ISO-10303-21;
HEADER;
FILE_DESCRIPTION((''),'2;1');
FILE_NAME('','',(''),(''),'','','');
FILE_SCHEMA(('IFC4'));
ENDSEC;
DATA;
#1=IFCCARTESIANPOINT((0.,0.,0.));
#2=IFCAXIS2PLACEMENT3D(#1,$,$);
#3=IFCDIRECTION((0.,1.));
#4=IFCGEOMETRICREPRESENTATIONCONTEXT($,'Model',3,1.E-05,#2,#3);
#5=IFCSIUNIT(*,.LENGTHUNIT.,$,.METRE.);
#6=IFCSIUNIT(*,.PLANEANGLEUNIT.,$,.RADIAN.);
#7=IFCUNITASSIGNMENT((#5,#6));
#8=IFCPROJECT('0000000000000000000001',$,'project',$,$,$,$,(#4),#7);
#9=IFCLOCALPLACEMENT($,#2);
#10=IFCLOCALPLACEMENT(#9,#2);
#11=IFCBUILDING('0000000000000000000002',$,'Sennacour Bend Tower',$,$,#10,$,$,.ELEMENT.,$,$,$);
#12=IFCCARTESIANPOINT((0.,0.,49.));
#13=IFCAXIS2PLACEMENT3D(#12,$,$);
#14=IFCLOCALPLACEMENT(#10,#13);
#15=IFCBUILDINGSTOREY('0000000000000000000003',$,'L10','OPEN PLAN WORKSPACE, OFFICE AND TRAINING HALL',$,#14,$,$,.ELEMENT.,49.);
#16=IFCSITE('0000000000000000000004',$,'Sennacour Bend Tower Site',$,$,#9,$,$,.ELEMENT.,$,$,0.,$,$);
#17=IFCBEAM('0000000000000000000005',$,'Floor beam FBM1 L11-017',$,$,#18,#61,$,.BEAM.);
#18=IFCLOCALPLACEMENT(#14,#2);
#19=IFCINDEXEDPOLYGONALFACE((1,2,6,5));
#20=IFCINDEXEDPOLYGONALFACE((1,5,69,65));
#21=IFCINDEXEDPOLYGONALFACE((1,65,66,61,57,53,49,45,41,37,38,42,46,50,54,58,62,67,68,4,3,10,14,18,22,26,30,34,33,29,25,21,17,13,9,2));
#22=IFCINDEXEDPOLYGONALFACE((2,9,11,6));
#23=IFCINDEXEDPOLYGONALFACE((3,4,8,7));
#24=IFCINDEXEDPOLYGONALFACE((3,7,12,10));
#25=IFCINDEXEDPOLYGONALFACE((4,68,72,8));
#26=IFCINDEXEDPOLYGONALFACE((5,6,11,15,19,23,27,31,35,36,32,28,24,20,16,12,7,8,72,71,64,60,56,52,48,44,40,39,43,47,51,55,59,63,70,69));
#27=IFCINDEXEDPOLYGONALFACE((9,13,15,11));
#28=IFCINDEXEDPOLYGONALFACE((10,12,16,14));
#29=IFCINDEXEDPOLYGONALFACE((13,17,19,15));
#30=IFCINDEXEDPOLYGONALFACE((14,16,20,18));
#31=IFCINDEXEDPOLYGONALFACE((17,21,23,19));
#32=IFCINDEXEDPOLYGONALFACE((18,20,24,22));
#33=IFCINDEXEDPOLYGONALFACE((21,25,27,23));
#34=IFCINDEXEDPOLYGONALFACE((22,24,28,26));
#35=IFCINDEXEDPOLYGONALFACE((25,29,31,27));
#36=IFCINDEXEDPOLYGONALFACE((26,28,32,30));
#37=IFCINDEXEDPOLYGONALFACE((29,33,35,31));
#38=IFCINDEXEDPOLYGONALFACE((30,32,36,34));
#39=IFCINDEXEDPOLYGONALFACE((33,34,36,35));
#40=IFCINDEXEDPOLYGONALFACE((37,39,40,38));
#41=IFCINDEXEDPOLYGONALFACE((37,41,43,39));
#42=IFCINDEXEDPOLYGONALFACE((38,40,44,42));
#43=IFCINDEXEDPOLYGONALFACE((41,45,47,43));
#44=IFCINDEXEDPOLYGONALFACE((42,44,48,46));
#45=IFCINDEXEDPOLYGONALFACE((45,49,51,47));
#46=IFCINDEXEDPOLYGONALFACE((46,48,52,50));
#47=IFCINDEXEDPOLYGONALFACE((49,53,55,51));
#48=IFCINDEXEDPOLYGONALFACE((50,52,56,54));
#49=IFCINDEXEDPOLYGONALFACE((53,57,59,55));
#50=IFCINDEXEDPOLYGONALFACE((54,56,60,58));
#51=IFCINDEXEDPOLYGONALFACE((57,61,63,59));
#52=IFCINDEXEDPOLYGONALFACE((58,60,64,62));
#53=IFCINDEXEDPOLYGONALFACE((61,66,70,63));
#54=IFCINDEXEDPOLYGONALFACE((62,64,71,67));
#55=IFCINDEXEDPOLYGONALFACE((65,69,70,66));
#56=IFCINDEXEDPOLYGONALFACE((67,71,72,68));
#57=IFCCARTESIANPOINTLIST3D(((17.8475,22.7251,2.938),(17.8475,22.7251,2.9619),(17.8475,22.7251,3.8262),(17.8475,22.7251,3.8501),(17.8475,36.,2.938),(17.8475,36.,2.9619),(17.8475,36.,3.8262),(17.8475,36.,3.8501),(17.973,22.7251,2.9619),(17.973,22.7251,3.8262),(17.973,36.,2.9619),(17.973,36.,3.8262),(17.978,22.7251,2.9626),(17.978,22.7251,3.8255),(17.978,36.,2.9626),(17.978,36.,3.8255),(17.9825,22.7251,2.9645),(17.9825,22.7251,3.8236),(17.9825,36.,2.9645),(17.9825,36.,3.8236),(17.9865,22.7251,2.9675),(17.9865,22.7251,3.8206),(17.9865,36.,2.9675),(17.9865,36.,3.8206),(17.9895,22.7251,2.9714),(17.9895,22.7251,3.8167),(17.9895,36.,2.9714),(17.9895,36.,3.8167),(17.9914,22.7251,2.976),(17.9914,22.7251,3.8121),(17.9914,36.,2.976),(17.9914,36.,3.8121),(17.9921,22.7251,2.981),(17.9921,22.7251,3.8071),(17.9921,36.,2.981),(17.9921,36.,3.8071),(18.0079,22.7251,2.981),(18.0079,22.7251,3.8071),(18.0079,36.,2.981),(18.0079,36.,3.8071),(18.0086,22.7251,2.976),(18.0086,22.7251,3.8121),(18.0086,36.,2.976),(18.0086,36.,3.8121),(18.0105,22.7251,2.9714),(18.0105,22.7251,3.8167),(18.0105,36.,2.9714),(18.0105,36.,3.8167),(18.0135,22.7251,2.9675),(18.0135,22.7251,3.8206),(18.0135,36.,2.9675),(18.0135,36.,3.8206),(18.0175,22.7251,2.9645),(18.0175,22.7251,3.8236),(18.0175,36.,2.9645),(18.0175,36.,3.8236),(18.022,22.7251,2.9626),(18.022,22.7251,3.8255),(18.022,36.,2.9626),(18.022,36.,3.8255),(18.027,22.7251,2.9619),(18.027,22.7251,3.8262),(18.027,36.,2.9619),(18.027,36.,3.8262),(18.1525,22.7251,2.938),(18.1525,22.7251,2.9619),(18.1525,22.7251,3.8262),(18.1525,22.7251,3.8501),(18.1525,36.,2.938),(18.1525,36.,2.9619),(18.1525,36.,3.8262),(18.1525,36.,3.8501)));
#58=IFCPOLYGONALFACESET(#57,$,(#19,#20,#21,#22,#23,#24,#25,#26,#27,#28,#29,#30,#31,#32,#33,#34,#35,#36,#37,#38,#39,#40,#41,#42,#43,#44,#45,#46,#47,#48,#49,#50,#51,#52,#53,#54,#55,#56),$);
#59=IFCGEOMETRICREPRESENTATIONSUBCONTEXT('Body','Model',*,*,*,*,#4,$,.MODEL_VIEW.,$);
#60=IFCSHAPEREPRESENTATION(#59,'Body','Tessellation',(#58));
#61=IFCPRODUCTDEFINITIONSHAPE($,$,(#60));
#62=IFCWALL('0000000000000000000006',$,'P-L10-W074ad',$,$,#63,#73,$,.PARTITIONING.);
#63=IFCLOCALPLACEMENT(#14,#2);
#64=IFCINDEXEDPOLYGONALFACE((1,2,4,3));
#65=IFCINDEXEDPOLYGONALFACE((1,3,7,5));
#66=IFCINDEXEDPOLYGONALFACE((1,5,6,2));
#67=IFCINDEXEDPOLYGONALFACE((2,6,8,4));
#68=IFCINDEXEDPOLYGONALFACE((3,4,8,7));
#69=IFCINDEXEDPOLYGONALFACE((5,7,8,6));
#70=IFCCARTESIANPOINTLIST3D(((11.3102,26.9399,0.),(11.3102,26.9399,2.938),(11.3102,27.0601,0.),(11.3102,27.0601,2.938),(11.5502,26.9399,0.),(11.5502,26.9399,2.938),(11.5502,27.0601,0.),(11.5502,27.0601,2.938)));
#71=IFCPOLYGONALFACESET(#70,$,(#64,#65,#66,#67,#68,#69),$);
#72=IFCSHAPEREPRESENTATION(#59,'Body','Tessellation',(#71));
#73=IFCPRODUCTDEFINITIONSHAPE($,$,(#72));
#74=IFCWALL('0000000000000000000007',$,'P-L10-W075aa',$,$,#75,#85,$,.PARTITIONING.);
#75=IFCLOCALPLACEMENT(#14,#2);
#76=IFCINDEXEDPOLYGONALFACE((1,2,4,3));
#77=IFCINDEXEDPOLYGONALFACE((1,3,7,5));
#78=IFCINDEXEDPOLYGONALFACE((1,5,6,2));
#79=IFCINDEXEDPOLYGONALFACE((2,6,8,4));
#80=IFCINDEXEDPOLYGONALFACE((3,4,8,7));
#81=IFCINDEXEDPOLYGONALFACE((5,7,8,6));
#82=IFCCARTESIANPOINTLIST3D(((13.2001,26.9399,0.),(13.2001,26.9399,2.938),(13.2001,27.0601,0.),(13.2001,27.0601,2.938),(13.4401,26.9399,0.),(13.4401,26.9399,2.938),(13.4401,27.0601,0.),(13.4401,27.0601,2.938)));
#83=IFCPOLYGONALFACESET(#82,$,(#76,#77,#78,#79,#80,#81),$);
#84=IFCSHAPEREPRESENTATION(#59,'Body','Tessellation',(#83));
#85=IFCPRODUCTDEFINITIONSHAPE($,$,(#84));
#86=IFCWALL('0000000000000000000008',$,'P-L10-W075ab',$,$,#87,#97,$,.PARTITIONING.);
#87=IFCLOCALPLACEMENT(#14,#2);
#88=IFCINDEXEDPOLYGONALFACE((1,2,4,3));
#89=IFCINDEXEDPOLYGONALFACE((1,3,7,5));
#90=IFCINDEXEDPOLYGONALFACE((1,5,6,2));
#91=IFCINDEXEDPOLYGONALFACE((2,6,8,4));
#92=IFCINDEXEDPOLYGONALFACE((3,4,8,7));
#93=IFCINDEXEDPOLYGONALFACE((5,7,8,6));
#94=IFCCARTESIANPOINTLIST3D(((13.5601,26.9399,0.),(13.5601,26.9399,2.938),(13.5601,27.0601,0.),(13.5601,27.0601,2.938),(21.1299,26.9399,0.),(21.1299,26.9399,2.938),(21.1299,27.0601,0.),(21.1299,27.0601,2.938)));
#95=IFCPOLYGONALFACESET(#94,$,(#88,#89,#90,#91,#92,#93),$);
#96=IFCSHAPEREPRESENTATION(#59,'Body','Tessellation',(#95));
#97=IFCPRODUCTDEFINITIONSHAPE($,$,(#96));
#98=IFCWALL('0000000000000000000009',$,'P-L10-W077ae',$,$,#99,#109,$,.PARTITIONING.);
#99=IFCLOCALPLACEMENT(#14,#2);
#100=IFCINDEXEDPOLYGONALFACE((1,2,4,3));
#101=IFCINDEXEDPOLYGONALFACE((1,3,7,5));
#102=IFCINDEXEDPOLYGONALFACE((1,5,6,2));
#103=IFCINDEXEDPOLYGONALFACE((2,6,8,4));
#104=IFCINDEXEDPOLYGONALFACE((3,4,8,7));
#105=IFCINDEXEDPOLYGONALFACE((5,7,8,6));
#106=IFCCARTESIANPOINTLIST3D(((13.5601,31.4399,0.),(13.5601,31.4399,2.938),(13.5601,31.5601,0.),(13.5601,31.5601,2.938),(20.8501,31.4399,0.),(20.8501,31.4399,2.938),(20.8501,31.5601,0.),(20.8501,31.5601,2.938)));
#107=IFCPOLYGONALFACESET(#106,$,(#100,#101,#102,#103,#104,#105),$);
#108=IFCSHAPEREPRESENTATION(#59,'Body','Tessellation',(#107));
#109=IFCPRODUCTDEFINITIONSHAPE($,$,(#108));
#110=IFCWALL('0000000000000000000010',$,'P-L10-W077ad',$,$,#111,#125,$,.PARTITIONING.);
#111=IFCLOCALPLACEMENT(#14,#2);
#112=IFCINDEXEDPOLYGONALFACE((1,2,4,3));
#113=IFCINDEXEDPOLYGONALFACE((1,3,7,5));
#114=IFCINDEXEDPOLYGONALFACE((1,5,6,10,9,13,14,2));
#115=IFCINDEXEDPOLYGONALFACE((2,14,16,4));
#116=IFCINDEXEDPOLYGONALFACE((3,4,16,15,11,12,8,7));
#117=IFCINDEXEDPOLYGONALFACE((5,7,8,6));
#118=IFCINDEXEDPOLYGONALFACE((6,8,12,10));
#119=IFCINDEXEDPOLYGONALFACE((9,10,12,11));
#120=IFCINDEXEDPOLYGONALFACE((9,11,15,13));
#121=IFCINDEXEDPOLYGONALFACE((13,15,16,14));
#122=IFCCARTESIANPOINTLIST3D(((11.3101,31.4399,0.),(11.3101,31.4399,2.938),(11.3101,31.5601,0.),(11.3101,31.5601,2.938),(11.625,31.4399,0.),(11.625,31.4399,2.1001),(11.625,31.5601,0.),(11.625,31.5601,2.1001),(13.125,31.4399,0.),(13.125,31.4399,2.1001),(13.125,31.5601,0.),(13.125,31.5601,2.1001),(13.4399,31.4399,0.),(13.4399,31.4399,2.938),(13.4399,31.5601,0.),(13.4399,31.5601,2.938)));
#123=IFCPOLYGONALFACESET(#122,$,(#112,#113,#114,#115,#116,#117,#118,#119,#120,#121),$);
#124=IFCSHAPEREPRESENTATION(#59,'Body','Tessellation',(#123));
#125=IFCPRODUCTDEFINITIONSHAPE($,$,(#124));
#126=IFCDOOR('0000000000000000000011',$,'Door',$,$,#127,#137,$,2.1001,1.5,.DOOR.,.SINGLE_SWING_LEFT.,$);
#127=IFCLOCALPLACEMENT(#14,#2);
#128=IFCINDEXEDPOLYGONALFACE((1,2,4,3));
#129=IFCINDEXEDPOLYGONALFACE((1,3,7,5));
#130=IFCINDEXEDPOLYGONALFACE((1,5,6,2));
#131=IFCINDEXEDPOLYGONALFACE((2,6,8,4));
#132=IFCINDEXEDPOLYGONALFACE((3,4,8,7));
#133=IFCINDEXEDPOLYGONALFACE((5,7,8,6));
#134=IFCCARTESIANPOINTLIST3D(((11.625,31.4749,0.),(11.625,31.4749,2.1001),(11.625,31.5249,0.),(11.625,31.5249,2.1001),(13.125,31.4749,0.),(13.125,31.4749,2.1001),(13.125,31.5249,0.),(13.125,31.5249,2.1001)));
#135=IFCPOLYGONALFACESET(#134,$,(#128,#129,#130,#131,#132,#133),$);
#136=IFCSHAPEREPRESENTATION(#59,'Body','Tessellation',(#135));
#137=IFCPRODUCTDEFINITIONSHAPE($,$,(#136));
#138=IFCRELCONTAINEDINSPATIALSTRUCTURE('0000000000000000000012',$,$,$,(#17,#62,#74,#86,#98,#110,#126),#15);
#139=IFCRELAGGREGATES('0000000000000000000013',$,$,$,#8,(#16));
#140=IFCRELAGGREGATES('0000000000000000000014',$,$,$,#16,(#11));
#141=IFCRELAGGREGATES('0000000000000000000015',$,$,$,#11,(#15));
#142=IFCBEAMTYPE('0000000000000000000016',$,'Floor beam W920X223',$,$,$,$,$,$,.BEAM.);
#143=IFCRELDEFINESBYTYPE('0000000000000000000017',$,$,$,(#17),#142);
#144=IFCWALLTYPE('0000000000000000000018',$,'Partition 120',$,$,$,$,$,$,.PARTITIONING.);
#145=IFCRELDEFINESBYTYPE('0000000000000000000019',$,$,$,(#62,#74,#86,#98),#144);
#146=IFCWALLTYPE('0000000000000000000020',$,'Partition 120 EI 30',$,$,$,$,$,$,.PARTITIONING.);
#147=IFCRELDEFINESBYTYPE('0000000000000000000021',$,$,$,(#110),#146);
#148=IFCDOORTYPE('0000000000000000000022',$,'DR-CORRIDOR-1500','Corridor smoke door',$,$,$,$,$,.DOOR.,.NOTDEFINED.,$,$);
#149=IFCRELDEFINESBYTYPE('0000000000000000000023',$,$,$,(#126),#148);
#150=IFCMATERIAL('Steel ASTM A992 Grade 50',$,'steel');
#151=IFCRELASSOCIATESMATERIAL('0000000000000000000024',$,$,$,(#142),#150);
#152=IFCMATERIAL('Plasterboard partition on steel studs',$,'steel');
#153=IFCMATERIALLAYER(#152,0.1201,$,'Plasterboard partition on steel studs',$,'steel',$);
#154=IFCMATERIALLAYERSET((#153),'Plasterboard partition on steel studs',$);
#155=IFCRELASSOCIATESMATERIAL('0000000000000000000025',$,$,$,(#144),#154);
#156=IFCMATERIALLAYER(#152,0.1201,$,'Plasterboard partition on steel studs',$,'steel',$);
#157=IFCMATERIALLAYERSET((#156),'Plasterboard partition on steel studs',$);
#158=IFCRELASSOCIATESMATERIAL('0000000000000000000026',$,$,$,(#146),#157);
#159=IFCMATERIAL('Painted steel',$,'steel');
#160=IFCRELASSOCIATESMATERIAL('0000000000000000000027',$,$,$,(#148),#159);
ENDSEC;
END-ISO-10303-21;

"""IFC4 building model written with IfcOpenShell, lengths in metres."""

from ifc_helpers import new_model, si_unit, direction, frame, frame_2d, origin, origin_2d, place, context, subcontext, project, spatial, rectangle, i_section, extrude, material, layer, layer_set, material_profile, profile_set, type_object, element, fill, save


model = new_model("IFC4")

# Units and contexts
model_context = context("Model", 3, precision=1e-05, world=origin(), true_north=direction((0.0, 1.0)))
body_context = subcontext(model_context, "Body", "Model", "MODEL_VIEW")
ifc_project = project(units=[si_unit("LENGTHUNIT", "METRE"), si_unit("PLANEANGLEUNIT", "RADIAN")], contexts=[model_context])

# Site, building, storey
site_placement = place(None, origin())
site = spatial("IfcSite", under=ifc_project, at=site_placement, Name="Sennacour Bend Tower Site", CompositionType="ELEMENT", RefElevation=0.0)
building_placement = place(site_placement, origin())
building = spatial("IfcBuilding", under=site, at=building_placement, Name="Sennacour Bend Tower", CompositionType="ELEMENT")
storey_placement = place(building_placement, frame((0.0, 0.0, 49.0)))
storey = spatial("IfcBuildingStorey", under=building, at=storey_placement, Name="L10", Description="OPEN PLAN WORKSPACE, OFFICE AND TRAINING HALL", CompositionType="ELEMENT", Elevation=49.0)

# Beam
ifc_material_1 = material(Name="Steel ASTM A992 Grade 50", Category="steel")
ifc_material_profile = material_profile(ifc_material_1, i_section(OverallWidth=0.3049, OverallDepth=0.9121, WebThickness=0.0159, FlangeThickness=0.0239, FilletRadius=0.019, at=origin_2d()), Name="Steel ASTM A992 Grade 50", Category="steel")
ifc_profile_set = profile_set([ifc_material_profile], Name="Steel ASTM A992 Grade 50")
beam_type = type_object("IfcBeamType", Name="Floor beam W920X223", PredefinedType="BEAM", material=ifc_profile_set)
for number, where, z_axis, x_axis, name in (
    (1, (18.0, 22.7251, 3.394), (0.0, 1.0, 0.0), (-1.0, 0.0, 0.0), "Floor beam FBM1 L11-017"),
):
    element("IfcBeam", number, at=place(storey_placement, frame(where, z_axis=z_axis, x_axis=x_axis)), inside=storey, type_object=beam_type, Name=name, PredefinedType="BEAM", context=body_context, shape_type="SweptSolid", body=[
        extrude(i_section(OverallWidth=0.3049, OverallDepth=0.9121, WebThickness=0.0159, FlangeThickness=0.0239, FilletRadius=0.019, at=origin_2d()), origin(), (0.0, 0.0, 1.0), 13.2749),
    ])

# Walls
ifc_material_2 = material(Name="Plasterboard partition on steel studs", Category="steel")
ifc_layer_1 = layer(ifc_material_2, 0.1201, Name="Plasterboard partition on steel studs", Category="steel")
ifc_layer_set_1 = layer_set([ifc_layer_1], Name="Plasterboard partition on steel studs")
wall_type_1 = type_object("IfcWallType", Name="Partition 120", PredefinedType="PARTITIONING", material=ifc_layer_set_1)
for number, where, z_axis, x_axis, name in (
    (2, (11.3101, 27.0, 0.0), (0.0, 0.0, 1.0), (1.0, 0.0, 0.0), "P-L10-W074ad"),
    (3, (13.2, 27.0, 0.0), (0.0, 0.0, 1.0), (1.0, 0.0, 0.0), "P-L10-W075aa"),
):
    element("IfcWall", number, at=place(storey_placement, frame(where, z_axis=z_axis, x_axis=x_axis)), inside=storey, type_object=wall_type_1, Name=name, PredefinedType="PARTITIONING", context=body_context, shape_type="SweptSolid", body=[
        extrude(rectangle(XDim=0.24, YDim=0.1201, at=frame_2d((0.1201, 0.0))), origin(), (0.0, 0.0, 1.0), 2.938),
    ])
wall_1_placement = place(storey_placement, frame((13.5601, 27.0, 0.0), z_axis=(0.0, 0.0, 1.0), x_axis=(1.0, 0.0, 0.0)))
element("IfcWall", 4, at=wall_1_placement, inside=storey, type_object=wall_type_1, Name="P-L10-W075ab", PredefinedType="PARTITIONING", context=body_context, shape_type="SweptSolid", body=[
    extrude(rectangle(XDim=7.5698, YDim=0.1201, at=frame_2d((3.7849, 0.0))), origin(), (0.0, 0.0, 1.0), 2.938),
])
wall_2_placement = place(storey_placement, frame((13.5601, 31.5, 0.0), z_axis=(0.0, 0.0, 1.0), x_axis=(1.0, 0.0, 0.0)))
element("IfcWall", 5, at=wall_2_placement, inside=storey, type_object=wall_type_1, Name="P-L10-W077ae", PredefinedType="PARTITIONING", context=body_context, shape_type="SweptSolid", body=[
    extrude(rectangle(XDim=7.29, YDim=0.1201, at=frame_2d((3.645, 0.0))), origin(), (0.0, 0.0, 1.0), 2.938),
])

# Wall, opening, door
ifc_layer_2 = layer(ifc_material_2, 0.1201, Name="Plasterboard partition on steel studs", Category="steel")
ifc_layer_set_2 = layer_set([ifc_layer_2], Name="Plasterboard partition on steel studs")
wall_type_2 = type_object("IfcWallType", Name="Partition 120 EI 30", PredefinedType="PARTITIONING", material=ifc_layer_set_2)
wall_3_placement = place(storey_placement, frame((11.3101, 31.5, 0.0), z_axis=(0.0, 0.0, 1.0), x_axis=(1.0, 0.0, 0.0)))
wall_3 = element("IfcWall", 6, at=wall_3_placement, inside=storey, type_object=wall_type_2, Name="P-L10-W077ad", PredefinedType="PARTITIONING", context=body_context, shape_type="SweptSolid", body=[
    extrude(rectangle(XDim=2.1299, YDim=0.1201, at=frame_2d((1.0649, 0.0))), origin(), (0.0, 0.0, 1.0), 2.938),
])
opening_1_placement = place(wall_3_placement, frame((0.3149, 0.0, 0.0)))
opening_1 = element("IfcOpeningElement", 7, at=opening_1_placement, cuts=wall_3, PredefinedType="OPENING", context=body_context, shape_type="SweptSolid", body=[
    extrude(rectangle(XDim=1.5, YDim=2.1001, at=frame_2d((0.75, 1.05))), frame((0.0, 0.0701, 0.0), z_axis=(0.0, -1.0, 0.0), x_axis=(1.0, 0.0, 0.0)), (0.0, 0.0, 1.0), 0.1401),
])
ifc_material_3 = material(Name="Painted steel", Category="steel")
door_type_1 = type_object("IfcDoorType", Name="DR-CORRIDOR-1500", Description="Corridor smoke door", OperationType="NOTDEFINED", PredefinedType="DOOR", material=ifc_material_3)
door_1_placement = place(opening_1_placement, origin())
door_1 = element("IfcDoor", 8, at=door_1_placement, inside=storey, type_object=door_type_1, Name="Door", OperationType="SINGLE_SWING_LEFT", OverallHeight=2.1001, OverallWidth=1.5, PredefinedType="DOOR", context=body_context, shape_type="SweptSolid", body=[
    extrude(rectangle(XDim=1.5, YDim=2.1001, at=frame_2d((0.75, 1.05))), frame((0.0, 0.0249, 0.0), z_axis=(0.0, -1.0, 0.0), x_axis=(1.0, 0.0, 0.0)), (0.0, 0.0, 1.0), 0.05),
])
fill(opening_1, door_1)

save(model, "model.ifc")
